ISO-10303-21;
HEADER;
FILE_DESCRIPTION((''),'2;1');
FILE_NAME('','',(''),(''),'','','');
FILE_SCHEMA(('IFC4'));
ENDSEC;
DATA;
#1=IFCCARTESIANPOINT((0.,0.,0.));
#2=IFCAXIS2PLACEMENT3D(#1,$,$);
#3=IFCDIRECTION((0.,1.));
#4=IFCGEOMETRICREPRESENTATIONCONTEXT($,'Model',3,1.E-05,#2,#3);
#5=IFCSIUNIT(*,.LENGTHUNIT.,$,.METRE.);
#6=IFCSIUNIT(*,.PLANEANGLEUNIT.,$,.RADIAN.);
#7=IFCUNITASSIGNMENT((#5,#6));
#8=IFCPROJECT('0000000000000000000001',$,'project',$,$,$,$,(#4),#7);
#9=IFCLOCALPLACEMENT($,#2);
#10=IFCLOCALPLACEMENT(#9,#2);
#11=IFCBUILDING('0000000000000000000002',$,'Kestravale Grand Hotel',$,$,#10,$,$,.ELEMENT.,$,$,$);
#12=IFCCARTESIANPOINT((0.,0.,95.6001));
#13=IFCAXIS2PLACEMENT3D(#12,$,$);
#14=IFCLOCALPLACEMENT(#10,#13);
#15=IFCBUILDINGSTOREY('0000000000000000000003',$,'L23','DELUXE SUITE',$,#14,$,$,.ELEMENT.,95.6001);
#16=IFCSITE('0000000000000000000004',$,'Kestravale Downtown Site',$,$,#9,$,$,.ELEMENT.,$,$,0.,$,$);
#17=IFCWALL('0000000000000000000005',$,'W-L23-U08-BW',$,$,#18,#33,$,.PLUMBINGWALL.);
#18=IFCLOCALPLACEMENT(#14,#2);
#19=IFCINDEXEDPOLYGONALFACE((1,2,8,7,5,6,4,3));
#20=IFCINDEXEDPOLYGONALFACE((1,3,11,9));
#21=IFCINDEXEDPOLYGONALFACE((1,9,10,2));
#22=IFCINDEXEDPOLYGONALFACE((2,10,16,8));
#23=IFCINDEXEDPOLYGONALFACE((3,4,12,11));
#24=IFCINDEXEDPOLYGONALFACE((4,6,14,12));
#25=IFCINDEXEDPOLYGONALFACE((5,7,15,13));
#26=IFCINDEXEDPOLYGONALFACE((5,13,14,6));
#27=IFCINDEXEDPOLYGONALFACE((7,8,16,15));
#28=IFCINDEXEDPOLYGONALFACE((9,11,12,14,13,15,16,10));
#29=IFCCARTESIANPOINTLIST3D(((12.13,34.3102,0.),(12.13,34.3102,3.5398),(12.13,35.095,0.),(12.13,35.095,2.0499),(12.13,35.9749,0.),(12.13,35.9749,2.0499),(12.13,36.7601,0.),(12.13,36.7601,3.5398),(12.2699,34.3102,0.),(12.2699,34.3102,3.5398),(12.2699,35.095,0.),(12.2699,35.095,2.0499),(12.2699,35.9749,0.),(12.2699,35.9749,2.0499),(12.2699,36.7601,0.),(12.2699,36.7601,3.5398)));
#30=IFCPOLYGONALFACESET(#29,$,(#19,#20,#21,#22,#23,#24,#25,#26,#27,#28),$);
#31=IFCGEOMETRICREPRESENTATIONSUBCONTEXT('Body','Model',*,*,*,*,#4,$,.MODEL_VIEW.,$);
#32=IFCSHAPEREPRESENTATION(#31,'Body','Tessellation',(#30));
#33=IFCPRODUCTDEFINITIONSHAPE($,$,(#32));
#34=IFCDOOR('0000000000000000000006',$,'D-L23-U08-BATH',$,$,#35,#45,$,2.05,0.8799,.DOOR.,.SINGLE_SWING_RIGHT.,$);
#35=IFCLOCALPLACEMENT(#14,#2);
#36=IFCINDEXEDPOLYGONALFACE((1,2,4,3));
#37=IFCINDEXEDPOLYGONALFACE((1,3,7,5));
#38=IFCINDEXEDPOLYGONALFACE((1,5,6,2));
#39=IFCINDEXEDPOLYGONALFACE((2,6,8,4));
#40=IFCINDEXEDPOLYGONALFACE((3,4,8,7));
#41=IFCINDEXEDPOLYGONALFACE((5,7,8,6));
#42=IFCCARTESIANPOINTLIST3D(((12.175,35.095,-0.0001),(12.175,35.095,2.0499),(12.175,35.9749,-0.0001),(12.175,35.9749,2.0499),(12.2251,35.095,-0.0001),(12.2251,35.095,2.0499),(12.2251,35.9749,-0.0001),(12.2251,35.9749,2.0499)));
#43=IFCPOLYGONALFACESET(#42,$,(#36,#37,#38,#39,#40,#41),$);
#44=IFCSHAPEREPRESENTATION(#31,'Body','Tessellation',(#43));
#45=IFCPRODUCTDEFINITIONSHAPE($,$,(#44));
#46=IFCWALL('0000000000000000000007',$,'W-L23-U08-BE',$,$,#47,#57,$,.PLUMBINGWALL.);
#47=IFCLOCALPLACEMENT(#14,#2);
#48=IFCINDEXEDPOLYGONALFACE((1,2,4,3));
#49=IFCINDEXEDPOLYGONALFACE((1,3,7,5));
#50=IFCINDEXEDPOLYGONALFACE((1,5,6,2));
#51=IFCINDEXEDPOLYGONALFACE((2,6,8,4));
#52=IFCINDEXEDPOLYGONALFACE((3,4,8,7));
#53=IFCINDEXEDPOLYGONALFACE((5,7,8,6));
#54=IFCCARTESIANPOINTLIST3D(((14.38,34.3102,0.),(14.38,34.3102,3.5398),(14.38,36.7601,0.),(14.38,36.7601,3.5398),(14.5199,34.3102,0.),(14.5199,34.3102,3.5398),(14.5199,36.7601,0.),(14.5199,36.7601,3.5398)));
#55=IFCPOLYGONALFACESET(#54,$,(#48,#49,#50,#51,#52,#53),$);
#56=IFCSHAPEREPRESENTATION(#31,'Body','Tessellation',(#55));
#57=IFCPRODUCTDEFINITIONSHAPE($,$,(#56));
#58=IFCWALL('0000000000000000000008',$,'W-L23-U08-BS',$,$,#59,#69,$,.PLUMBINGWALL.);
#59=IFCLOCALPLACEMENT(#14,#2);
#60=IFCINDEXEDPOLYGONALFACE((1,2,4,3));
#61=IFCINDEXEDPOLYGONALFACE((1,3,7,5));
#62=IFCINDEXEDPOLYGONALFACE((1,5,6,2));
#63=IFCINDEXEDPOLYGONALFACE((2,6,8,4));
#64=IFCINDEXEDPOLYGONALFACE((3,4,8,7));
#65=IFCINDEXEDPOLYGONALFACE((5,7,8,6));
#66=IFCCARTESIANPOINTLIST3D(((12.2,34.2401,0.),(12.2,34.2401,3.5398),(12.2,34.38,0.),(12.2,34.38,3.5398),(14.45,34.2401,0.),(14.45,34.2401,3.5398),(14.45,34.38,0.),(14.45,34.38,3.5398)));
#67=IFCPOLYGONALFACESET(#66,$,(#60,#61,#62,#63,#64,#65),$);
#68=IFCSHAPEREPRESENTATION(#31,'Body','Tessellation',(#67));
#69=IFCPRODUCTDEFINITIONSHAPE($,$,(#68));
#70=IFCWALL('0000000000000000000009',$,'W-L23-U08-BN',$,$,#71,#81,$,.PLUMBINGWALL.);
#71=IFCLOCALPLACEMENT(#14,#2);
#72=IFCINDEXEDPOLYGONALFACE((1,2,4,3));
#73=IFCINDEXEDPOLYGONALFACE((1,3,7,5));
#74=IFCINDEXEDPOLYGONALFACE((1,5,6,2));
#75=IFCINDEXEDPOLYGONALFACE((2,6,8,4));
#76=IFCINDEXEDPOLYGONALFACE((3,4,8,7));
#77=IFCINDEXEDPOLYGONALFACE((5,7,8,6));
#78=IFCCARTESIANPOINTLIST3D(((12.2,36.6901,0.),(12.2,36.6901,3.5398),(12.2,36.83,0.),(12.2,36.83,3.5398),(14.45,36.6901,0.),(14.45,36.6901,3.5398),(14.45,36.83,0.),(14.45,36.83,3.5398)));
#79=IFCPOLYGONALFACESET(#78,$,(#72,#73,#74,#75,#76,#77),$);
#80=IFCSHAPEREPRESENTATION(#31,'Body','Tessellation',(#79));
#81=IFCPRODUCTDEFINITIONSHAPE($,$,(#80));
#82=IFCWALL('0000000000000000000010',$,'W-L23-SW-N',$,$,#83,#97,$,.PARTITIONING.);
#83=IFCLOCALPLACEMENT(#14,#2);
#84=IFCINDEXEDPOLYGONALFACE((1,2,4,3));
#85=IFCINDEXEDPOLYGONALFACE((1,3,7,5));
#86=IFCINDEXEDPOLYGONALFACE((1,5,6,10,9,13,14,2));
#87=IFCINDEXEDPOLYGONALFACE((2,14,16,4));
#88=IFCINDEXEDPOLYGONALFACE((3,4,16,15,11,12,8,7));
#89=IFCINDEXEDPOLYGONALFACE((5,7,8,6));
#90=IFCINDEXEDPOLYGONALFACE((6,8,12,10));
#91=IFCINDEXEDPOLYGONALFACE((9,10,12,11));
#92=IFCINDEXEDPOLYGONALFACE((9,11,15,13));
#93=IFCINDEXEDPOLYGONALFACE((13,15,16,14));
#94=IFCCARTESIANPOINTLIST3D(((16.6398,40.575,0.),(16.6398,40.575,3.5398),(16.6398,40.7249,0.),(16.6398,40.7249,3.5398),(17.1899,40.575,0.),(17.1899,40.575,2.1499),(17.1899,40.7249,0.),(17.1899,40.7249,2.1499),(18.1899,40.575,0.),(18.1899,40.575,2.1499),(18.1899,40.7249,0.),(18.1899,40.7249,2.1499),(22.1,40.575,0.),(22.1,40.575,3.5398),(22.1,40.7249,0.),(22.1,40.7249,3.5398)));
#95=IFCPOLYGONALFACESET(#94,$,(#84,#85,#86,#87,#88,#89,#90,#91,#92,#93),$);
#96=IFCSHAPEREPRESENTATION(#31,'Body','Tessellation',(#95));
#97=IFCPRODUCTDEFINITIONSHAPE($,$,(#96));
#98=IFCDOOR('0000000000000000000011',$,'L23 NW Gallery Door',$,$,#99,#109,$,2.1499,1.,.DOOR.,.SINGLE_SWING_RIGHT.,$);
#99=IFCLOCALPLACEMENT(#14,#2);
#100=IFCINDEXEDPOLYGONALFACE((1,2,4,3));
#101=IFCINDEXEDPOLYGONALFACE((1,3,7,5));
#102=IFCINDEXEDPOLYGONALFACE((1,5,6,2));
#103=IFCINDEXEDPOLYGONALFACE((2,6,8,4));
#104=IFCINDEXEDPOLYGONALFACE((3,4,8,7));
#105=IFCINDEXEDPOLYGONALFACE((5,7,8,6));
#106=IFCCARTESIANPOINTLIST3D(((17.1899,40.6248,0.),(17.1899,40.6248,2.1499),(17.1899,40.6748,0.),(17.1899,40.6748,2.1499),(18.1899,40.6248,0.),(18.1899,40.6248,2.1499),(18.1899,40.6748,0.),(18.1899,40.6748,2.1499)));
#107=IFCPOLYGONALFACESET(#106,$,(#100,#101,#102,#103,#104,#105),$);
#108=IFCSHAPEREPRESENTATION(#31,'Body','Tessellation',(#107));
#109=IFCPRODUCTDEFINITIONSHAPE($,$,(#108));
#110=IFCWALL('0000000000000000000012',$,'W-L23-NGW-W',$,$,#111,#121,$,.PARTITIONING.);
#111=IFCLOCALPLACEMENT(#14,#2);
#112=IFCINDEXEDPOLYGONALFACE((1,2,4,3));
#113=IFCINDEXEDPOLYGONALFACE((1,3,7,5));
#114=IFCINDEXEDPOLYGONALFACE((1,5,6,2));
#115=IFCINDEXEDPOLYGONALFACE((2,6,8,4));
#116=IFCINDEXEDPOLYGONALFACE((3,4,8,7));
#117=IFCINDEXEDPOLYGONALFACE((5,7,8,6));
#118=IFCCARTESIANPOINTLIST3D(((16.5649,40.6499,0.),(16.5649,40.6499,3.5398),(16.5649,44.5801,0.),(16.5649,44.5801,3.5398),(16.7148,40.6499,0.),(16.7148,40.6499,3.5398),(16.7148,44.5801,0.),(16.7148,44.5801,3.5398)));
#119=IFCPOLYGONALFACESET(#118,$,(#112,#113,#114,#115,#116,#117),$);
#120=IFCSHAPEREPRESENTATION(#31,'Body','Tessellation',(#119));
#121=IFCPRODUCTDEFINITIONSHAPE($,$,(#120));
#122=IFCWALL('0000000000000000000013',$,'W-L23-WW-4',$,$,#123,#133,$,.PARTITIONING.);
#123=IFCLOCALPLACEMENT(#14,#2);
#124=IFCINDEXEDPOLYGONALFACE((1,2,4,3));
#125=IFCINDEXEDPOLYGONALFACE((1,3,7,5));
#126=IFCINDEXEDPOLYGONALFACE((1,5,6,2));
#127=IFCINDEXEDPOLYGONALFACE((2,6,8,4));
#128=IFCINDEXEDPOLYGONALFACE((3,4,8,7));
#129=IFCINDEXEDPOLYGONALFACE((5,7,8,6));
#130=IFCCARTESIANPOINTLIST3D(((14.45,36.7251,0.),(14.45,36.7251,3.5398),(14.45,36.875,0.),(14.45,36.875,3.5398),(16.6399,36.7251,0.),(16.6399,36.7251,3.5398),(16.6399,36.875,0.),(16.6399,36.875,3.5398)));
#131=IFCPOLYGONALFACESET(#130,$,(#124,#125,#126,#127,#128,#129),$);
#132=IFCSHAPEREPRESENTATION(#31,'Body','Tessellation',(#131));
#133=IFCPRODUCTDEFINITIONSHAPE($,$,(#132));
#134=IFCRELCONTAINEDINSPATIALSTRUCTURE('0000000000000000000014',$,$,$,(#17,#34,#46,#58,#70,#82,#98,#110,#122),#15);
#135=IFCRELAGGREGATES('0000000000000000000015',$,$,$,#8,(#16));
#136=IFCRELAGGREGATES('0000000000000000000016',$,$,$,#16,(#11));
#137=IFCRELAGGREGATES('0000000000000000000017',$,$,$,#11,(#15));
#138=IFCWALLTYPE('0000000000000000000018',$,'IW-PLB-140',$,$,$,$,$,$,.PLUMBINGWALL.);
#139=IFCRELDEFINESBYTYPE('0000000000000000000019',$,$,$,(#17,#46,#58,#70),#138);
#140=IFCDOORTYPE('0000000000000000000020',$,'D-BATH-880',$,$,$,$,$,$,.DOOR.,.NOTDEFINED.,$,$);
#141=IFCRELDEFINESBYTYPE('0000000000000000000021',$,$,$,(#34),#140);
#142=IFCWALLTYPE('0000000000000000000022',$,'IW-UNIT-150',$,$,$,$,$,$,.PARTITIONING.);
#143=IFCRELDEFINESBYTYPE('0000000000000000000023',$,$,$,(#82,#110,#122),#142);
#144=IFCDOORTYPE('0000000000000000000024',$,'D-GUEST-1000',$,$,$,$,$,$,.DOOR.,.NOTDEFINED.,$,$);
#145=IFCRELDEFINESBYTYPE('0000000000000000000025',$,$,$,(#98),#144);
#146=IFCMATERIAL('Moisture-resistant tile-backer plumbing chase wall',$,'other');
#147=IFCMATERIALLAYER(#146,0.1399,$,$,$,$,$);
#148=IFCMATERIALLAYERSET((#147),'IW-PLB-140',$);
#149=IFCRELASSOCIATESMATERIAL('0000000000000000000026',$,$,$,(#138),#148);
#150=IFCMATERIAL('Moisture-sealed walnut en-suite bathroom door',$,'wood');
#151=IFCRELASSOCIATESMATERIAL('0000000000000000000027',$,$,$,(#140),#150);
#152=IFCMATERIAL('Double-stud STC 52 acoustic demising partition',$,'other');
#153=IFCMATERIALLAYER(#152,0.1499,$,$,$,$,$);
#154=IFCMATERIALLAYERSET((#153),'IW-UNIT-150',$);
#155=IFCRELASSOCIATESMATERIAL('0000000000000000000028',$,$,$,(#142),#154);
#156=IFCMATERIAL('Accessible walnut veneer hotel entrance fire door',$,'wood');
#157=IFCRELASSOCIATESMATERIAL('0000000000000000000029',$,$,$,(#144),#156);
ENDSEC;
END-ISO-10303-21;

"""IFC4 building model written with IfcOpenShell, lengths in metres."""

from ifc_helpers import new_model, si_unit, direction, frame, frame_2d, origin, place, context, subcontext, project, spatial, rectangle, extrude, material, layer, layer_set, type_object, element, fill, save


model = new_model("IFC4")

# Units and contexts
model_context = context("Model", 3, precision=1e-05, world=origin(), true_north=direction((0.0, 1.0)))
body_context = subcontext(model_context, "Body", "Model", "MODEL_VIEW")
ifc_project = project(units=[si_unit("LENGTHUNIT", "METRE"), si_unit("PLANEANGLEUNIT", "RADIAN")], contexts=[model_context])

# Site, building, storey
site_placement = place(None, origin())
site = spatial("IfcSite", under=ifc_project, at=site_placement, Name="Kestravale Downtown Site", CompositionType="ELEMENT", RefElevation=0.0)
building_placement = place(site_placement, origin())
building = spatial("IfcBuilding", under=site, at=building_placement, Name="Kestravale Grand Hotel", CompositionType="ELEMENT")
storey_placement = place(building_placement, frame((0.0, 0.0, 95.6001)))
storey = spatial("IfcBuildingStorey", under=building, at=storey_placement, Name="L23", Description="DELUXE SUITE", CompositionType="ELEMENT", Elevation=95.6001)

# Wall, opening, door
ifc_material_1 = material(Name="Moisture-resistant tile-backer plumbing chase wall", Category="other")
ifc_layer_1 = layer(ifc_material_1, 0.1399)
ifc_layer_set_1 = layer_set([ifc_layer_1], Name="IW-PLB-140")
wall_type_1 = type_object("IfcWallType", Name="IW-PLB-140", PredefinedType="PLUMBINGWALL", material=ifc_layer_set_1)
wall_1_placement = place(storey_placement, frame((12.2, 34.3101, 0.0), z_axis=(0.0, 0.0, 1.0), x_axis=(0.0, 1.0, 0.0)))
wall_1 = element("IfcWall", 1, at=wall_1_placement, inside=storey, type_object=wall_type_1, Name="W-L23-U08-BW", PredefinedType="PLUMBINGWALL", context=body_context, shape_type="SweptSolid", body=[
    extrude(rectangle(XDim=2.45, YDim=0.1399, at=frame_2d((1.2251, 0.0))), origin(), (0.0, 0.0, 1.0), 3.5398),
])
opening_1_placement = place(wall_1_placement, frame((0.7849, 0.0, 0.0)))
opening_1 = element("IfcOpeningElement", 2, at=opening_1_placement, cuts=wall_1, PredefinedType="OPENING", context=body_context, shape_type="SweptSolid", body=[
    extrude(rectangle(XDim=0.8799, YDim=2.05, at=frame_2d((0.4399, 1.0249))), frame((0.0, 0.0798, 0.0), z_axis=(0.0, -1.0, 0.0), x_axis=(1.0, 0.0, 0.0)), (0.0, 0.0, 1.0), 0.1599),
])
ifc_material_2 = material(Name="Moisture-sealed walnut en-suite bathroom door", Category="wood")
door_type_1 = type_object("IfcDoorType", Name="D-BATH-880", OperationType="NOTDEFINED", PredefinedType="DOOR", material=ifc_material_2)
door_1_placement = place(opening_1_placement, origin())
door_1 = element("IfcDoor", 3, at=door_1_placement, inside=storey, type_object=door_type_1, Name="D-L23-U08-BATH", OperationType="SINGLE_SWING_RIGHT", OverallHeight=2.05, OverallWidth=0.8799, PredefinedType="DOOR", context=body_context, shape_type="SweptSolid", body=[
    extrude(rectangle(XDim=0.8799, YDim=2.05, at=frame_2d((0.4399, 1.0249))), frame((0.0, 0.0249, 0.0), z_axis=(0.0, -1.0, 0.0), x_axis=(1.0, 0.0, 0.0)), (0.0, 0.0, 1.0), 0.05),
])
fill(opening_1, door_1)

# Walls
wall_2_placement = place(storey_placement, frame((14.45, 34.3101, 0.0), z_axis=(0.0, 0.0, 1.0), x_axis=(0.0, 1.0, 0.0)))
element("IfcWall", 4, at=wall_2_placement, inside=storey, type_object=wall_type_1, Name="W-L23-U08-BE", PredefinedType="PLUMBINGWALL", context=body_context, shape_type="SweptSolid", body=[
    extrude(rectangle(XDim=2.45, YDim=0.1399, at=frame_2d((1.2251, 0.0))), origin(), (0.0, 0.0, 1.0), 3.5398),
])
for number, where, z_axis, x_axis, name in (
    (5, (12.2, 34.3101, 0.0), (0.0, 0.0, 1.0), (1.0, 0.0, 0.0), "W-L23-U08-BS"),
    (6, (12.2, 36.76, 0.0), (0.0, 0.0, 1.0), (1.0, 0.0, 0.0), "W-L23-U08-BN"),
):
    element("IfcWall", number, at=place(storey_placement, frame(where, z_axis=z_axis, x_axis=x_axis)), inside=storey, type_object=wall_type_1, Name=name, PredefinedType="PLUMBINGWALL", context=body_context, shape_type="SweptSolid", body=[
        extrude(rectangle(XDim=2.25, YDim=0.1399, at=frame_2d((1.125, 0.0))), origin(), (0.0, 0.0, 1.0), 3.5398),
    ])

# Wall, opening, door
ifc_material_3 = material(Name="Double-stud STC 52 acoustic demising partition", Category="other")
ifc_layer_2 = layer(ifc_material_3, 0.1499)
ifc_layer_set_2 = layer_set([ifc_layer_2], Name="IW-UNIT-150")
wall_type_2 = type_object("IfcWallType", Name="IW-UNIT-150", PredefinedType="PARTITIONING", material=ifc_layer_set_2)
wall_3_placement = place(storey_placement, frame((16.6399, 40.6499, 0.0), z_axis=(0.0, 0.0, 1.0), x_axis=(1.0, 0.0, 0.0)))
wall_3 = element("IfcWall", 7, at=wall_3_placement, inside=storey, type_object=wall_type_2, Name="W-L23-SW-N", PredefinedType="PARTITIONING", context=body_context, shape_type="SweptSolid", body=[
    extrude(rectangle(XDim=5.4602, YDim=0.1499, at=frame_2d((2.73, 0.0))), origin(), (0.0, 0.0, 1.0), 3.5398),
])
opening_2_placement = place(wall_3_placement, frame((0.55, 0.0, 0.0)))
opening_2 = element("IfcOpeningElement", 8, at=opening_2_placement, cuts=wall_3, PredefinedType="OPENING", context=body_context, shape_type="SweptSolid", body=[
    extrude(rectangle(XDim=1.0, YDim=2.1499, at=frame_2d((0.5, 1.075))), frame((0.0, 0.085, 0.0), z_axis=(0.0, -1.0, 0.0), x_axis=(1.0, 0.0, 0.0)), (0.0, 0.0, 1.0), 0.1699),
])
ifc_material_4 = material(Name="Accessible walnut veneer hotel entrance fire door", Category="wood")
door_type_2 = type_object("IfcDoorType", Name="D-GUEST-1000", OperationType="NOTDEFINED", PredefinedType="DOOR", material=ifc_material_4)
door_2_placement = place(opening_2_placement, origin())
door_2 = element("IfcDoor", 9, at=door_2_placement, inside=storey, type_object=door_type_2, Name="L23 NW Gallery Door", OperationType="SINGLE_SWING_RIGHT", OverallHeight=2.1499, OverallWidth=1.0, PredefinedType="DOOR", context=body_context, shape_type="SweptSolid", body=[
    extrude(rectangle(XDim=1.0, YDim=2.1499, at=frame_2d((0.5, 1.075))), frame((0.0, 0.0249, 0.0), z_axis=(0.0, -1.0, 0.0), x_axis=(1.0, 0.0, 0.0)), (0.0, 0.0, 1.0), 0.05),
])
fill(opening_2, door_2)

# Walls
wall_4_placement = place(storey_placement, frame((16.6399, 40.6499, 0.0), z_axis=(0.0, 0.0, 1.0), x_axis=(0.0, 1.0, 0.0)))
element("IfcWall", 10, at=wall_4_placement, inside=storey, type_object=wall_type_2, Name="W-L23-NGW-W", PredefinedType="PARTITIONING", context=body_context, shape_type="SweptSolid", body=[
    extrude(rectangle(XDim=3.9302, YDim=0.1499, at=frame_2d((1.9651, 0.0))), origin(), (0.0, 0.0, 1.0), 3.5398),
])
wall_5_placement = place(storey_placement, frame((14.45, 36.8, 0.0), z_axis=(0.0, 0.0, 1.0), x_axis=(1.0, 0.0, 0.0)))
element("IfcWall", 11, at=wall_5_placement, inside=storey, type_object=wall_type_2, Name="W-L23-WW-4", PredefinedType="PARTITIONING", context=body_context, shape_type="SweptSolid", body=[
    extrude(rectangle(XDim=2.1899, YDim=0.1499, at=frame_2d((1.095, 0.0))), origin(), (0.0, 0.0, 1.0), 3.5398),
])

save(model, "model.ifc")
